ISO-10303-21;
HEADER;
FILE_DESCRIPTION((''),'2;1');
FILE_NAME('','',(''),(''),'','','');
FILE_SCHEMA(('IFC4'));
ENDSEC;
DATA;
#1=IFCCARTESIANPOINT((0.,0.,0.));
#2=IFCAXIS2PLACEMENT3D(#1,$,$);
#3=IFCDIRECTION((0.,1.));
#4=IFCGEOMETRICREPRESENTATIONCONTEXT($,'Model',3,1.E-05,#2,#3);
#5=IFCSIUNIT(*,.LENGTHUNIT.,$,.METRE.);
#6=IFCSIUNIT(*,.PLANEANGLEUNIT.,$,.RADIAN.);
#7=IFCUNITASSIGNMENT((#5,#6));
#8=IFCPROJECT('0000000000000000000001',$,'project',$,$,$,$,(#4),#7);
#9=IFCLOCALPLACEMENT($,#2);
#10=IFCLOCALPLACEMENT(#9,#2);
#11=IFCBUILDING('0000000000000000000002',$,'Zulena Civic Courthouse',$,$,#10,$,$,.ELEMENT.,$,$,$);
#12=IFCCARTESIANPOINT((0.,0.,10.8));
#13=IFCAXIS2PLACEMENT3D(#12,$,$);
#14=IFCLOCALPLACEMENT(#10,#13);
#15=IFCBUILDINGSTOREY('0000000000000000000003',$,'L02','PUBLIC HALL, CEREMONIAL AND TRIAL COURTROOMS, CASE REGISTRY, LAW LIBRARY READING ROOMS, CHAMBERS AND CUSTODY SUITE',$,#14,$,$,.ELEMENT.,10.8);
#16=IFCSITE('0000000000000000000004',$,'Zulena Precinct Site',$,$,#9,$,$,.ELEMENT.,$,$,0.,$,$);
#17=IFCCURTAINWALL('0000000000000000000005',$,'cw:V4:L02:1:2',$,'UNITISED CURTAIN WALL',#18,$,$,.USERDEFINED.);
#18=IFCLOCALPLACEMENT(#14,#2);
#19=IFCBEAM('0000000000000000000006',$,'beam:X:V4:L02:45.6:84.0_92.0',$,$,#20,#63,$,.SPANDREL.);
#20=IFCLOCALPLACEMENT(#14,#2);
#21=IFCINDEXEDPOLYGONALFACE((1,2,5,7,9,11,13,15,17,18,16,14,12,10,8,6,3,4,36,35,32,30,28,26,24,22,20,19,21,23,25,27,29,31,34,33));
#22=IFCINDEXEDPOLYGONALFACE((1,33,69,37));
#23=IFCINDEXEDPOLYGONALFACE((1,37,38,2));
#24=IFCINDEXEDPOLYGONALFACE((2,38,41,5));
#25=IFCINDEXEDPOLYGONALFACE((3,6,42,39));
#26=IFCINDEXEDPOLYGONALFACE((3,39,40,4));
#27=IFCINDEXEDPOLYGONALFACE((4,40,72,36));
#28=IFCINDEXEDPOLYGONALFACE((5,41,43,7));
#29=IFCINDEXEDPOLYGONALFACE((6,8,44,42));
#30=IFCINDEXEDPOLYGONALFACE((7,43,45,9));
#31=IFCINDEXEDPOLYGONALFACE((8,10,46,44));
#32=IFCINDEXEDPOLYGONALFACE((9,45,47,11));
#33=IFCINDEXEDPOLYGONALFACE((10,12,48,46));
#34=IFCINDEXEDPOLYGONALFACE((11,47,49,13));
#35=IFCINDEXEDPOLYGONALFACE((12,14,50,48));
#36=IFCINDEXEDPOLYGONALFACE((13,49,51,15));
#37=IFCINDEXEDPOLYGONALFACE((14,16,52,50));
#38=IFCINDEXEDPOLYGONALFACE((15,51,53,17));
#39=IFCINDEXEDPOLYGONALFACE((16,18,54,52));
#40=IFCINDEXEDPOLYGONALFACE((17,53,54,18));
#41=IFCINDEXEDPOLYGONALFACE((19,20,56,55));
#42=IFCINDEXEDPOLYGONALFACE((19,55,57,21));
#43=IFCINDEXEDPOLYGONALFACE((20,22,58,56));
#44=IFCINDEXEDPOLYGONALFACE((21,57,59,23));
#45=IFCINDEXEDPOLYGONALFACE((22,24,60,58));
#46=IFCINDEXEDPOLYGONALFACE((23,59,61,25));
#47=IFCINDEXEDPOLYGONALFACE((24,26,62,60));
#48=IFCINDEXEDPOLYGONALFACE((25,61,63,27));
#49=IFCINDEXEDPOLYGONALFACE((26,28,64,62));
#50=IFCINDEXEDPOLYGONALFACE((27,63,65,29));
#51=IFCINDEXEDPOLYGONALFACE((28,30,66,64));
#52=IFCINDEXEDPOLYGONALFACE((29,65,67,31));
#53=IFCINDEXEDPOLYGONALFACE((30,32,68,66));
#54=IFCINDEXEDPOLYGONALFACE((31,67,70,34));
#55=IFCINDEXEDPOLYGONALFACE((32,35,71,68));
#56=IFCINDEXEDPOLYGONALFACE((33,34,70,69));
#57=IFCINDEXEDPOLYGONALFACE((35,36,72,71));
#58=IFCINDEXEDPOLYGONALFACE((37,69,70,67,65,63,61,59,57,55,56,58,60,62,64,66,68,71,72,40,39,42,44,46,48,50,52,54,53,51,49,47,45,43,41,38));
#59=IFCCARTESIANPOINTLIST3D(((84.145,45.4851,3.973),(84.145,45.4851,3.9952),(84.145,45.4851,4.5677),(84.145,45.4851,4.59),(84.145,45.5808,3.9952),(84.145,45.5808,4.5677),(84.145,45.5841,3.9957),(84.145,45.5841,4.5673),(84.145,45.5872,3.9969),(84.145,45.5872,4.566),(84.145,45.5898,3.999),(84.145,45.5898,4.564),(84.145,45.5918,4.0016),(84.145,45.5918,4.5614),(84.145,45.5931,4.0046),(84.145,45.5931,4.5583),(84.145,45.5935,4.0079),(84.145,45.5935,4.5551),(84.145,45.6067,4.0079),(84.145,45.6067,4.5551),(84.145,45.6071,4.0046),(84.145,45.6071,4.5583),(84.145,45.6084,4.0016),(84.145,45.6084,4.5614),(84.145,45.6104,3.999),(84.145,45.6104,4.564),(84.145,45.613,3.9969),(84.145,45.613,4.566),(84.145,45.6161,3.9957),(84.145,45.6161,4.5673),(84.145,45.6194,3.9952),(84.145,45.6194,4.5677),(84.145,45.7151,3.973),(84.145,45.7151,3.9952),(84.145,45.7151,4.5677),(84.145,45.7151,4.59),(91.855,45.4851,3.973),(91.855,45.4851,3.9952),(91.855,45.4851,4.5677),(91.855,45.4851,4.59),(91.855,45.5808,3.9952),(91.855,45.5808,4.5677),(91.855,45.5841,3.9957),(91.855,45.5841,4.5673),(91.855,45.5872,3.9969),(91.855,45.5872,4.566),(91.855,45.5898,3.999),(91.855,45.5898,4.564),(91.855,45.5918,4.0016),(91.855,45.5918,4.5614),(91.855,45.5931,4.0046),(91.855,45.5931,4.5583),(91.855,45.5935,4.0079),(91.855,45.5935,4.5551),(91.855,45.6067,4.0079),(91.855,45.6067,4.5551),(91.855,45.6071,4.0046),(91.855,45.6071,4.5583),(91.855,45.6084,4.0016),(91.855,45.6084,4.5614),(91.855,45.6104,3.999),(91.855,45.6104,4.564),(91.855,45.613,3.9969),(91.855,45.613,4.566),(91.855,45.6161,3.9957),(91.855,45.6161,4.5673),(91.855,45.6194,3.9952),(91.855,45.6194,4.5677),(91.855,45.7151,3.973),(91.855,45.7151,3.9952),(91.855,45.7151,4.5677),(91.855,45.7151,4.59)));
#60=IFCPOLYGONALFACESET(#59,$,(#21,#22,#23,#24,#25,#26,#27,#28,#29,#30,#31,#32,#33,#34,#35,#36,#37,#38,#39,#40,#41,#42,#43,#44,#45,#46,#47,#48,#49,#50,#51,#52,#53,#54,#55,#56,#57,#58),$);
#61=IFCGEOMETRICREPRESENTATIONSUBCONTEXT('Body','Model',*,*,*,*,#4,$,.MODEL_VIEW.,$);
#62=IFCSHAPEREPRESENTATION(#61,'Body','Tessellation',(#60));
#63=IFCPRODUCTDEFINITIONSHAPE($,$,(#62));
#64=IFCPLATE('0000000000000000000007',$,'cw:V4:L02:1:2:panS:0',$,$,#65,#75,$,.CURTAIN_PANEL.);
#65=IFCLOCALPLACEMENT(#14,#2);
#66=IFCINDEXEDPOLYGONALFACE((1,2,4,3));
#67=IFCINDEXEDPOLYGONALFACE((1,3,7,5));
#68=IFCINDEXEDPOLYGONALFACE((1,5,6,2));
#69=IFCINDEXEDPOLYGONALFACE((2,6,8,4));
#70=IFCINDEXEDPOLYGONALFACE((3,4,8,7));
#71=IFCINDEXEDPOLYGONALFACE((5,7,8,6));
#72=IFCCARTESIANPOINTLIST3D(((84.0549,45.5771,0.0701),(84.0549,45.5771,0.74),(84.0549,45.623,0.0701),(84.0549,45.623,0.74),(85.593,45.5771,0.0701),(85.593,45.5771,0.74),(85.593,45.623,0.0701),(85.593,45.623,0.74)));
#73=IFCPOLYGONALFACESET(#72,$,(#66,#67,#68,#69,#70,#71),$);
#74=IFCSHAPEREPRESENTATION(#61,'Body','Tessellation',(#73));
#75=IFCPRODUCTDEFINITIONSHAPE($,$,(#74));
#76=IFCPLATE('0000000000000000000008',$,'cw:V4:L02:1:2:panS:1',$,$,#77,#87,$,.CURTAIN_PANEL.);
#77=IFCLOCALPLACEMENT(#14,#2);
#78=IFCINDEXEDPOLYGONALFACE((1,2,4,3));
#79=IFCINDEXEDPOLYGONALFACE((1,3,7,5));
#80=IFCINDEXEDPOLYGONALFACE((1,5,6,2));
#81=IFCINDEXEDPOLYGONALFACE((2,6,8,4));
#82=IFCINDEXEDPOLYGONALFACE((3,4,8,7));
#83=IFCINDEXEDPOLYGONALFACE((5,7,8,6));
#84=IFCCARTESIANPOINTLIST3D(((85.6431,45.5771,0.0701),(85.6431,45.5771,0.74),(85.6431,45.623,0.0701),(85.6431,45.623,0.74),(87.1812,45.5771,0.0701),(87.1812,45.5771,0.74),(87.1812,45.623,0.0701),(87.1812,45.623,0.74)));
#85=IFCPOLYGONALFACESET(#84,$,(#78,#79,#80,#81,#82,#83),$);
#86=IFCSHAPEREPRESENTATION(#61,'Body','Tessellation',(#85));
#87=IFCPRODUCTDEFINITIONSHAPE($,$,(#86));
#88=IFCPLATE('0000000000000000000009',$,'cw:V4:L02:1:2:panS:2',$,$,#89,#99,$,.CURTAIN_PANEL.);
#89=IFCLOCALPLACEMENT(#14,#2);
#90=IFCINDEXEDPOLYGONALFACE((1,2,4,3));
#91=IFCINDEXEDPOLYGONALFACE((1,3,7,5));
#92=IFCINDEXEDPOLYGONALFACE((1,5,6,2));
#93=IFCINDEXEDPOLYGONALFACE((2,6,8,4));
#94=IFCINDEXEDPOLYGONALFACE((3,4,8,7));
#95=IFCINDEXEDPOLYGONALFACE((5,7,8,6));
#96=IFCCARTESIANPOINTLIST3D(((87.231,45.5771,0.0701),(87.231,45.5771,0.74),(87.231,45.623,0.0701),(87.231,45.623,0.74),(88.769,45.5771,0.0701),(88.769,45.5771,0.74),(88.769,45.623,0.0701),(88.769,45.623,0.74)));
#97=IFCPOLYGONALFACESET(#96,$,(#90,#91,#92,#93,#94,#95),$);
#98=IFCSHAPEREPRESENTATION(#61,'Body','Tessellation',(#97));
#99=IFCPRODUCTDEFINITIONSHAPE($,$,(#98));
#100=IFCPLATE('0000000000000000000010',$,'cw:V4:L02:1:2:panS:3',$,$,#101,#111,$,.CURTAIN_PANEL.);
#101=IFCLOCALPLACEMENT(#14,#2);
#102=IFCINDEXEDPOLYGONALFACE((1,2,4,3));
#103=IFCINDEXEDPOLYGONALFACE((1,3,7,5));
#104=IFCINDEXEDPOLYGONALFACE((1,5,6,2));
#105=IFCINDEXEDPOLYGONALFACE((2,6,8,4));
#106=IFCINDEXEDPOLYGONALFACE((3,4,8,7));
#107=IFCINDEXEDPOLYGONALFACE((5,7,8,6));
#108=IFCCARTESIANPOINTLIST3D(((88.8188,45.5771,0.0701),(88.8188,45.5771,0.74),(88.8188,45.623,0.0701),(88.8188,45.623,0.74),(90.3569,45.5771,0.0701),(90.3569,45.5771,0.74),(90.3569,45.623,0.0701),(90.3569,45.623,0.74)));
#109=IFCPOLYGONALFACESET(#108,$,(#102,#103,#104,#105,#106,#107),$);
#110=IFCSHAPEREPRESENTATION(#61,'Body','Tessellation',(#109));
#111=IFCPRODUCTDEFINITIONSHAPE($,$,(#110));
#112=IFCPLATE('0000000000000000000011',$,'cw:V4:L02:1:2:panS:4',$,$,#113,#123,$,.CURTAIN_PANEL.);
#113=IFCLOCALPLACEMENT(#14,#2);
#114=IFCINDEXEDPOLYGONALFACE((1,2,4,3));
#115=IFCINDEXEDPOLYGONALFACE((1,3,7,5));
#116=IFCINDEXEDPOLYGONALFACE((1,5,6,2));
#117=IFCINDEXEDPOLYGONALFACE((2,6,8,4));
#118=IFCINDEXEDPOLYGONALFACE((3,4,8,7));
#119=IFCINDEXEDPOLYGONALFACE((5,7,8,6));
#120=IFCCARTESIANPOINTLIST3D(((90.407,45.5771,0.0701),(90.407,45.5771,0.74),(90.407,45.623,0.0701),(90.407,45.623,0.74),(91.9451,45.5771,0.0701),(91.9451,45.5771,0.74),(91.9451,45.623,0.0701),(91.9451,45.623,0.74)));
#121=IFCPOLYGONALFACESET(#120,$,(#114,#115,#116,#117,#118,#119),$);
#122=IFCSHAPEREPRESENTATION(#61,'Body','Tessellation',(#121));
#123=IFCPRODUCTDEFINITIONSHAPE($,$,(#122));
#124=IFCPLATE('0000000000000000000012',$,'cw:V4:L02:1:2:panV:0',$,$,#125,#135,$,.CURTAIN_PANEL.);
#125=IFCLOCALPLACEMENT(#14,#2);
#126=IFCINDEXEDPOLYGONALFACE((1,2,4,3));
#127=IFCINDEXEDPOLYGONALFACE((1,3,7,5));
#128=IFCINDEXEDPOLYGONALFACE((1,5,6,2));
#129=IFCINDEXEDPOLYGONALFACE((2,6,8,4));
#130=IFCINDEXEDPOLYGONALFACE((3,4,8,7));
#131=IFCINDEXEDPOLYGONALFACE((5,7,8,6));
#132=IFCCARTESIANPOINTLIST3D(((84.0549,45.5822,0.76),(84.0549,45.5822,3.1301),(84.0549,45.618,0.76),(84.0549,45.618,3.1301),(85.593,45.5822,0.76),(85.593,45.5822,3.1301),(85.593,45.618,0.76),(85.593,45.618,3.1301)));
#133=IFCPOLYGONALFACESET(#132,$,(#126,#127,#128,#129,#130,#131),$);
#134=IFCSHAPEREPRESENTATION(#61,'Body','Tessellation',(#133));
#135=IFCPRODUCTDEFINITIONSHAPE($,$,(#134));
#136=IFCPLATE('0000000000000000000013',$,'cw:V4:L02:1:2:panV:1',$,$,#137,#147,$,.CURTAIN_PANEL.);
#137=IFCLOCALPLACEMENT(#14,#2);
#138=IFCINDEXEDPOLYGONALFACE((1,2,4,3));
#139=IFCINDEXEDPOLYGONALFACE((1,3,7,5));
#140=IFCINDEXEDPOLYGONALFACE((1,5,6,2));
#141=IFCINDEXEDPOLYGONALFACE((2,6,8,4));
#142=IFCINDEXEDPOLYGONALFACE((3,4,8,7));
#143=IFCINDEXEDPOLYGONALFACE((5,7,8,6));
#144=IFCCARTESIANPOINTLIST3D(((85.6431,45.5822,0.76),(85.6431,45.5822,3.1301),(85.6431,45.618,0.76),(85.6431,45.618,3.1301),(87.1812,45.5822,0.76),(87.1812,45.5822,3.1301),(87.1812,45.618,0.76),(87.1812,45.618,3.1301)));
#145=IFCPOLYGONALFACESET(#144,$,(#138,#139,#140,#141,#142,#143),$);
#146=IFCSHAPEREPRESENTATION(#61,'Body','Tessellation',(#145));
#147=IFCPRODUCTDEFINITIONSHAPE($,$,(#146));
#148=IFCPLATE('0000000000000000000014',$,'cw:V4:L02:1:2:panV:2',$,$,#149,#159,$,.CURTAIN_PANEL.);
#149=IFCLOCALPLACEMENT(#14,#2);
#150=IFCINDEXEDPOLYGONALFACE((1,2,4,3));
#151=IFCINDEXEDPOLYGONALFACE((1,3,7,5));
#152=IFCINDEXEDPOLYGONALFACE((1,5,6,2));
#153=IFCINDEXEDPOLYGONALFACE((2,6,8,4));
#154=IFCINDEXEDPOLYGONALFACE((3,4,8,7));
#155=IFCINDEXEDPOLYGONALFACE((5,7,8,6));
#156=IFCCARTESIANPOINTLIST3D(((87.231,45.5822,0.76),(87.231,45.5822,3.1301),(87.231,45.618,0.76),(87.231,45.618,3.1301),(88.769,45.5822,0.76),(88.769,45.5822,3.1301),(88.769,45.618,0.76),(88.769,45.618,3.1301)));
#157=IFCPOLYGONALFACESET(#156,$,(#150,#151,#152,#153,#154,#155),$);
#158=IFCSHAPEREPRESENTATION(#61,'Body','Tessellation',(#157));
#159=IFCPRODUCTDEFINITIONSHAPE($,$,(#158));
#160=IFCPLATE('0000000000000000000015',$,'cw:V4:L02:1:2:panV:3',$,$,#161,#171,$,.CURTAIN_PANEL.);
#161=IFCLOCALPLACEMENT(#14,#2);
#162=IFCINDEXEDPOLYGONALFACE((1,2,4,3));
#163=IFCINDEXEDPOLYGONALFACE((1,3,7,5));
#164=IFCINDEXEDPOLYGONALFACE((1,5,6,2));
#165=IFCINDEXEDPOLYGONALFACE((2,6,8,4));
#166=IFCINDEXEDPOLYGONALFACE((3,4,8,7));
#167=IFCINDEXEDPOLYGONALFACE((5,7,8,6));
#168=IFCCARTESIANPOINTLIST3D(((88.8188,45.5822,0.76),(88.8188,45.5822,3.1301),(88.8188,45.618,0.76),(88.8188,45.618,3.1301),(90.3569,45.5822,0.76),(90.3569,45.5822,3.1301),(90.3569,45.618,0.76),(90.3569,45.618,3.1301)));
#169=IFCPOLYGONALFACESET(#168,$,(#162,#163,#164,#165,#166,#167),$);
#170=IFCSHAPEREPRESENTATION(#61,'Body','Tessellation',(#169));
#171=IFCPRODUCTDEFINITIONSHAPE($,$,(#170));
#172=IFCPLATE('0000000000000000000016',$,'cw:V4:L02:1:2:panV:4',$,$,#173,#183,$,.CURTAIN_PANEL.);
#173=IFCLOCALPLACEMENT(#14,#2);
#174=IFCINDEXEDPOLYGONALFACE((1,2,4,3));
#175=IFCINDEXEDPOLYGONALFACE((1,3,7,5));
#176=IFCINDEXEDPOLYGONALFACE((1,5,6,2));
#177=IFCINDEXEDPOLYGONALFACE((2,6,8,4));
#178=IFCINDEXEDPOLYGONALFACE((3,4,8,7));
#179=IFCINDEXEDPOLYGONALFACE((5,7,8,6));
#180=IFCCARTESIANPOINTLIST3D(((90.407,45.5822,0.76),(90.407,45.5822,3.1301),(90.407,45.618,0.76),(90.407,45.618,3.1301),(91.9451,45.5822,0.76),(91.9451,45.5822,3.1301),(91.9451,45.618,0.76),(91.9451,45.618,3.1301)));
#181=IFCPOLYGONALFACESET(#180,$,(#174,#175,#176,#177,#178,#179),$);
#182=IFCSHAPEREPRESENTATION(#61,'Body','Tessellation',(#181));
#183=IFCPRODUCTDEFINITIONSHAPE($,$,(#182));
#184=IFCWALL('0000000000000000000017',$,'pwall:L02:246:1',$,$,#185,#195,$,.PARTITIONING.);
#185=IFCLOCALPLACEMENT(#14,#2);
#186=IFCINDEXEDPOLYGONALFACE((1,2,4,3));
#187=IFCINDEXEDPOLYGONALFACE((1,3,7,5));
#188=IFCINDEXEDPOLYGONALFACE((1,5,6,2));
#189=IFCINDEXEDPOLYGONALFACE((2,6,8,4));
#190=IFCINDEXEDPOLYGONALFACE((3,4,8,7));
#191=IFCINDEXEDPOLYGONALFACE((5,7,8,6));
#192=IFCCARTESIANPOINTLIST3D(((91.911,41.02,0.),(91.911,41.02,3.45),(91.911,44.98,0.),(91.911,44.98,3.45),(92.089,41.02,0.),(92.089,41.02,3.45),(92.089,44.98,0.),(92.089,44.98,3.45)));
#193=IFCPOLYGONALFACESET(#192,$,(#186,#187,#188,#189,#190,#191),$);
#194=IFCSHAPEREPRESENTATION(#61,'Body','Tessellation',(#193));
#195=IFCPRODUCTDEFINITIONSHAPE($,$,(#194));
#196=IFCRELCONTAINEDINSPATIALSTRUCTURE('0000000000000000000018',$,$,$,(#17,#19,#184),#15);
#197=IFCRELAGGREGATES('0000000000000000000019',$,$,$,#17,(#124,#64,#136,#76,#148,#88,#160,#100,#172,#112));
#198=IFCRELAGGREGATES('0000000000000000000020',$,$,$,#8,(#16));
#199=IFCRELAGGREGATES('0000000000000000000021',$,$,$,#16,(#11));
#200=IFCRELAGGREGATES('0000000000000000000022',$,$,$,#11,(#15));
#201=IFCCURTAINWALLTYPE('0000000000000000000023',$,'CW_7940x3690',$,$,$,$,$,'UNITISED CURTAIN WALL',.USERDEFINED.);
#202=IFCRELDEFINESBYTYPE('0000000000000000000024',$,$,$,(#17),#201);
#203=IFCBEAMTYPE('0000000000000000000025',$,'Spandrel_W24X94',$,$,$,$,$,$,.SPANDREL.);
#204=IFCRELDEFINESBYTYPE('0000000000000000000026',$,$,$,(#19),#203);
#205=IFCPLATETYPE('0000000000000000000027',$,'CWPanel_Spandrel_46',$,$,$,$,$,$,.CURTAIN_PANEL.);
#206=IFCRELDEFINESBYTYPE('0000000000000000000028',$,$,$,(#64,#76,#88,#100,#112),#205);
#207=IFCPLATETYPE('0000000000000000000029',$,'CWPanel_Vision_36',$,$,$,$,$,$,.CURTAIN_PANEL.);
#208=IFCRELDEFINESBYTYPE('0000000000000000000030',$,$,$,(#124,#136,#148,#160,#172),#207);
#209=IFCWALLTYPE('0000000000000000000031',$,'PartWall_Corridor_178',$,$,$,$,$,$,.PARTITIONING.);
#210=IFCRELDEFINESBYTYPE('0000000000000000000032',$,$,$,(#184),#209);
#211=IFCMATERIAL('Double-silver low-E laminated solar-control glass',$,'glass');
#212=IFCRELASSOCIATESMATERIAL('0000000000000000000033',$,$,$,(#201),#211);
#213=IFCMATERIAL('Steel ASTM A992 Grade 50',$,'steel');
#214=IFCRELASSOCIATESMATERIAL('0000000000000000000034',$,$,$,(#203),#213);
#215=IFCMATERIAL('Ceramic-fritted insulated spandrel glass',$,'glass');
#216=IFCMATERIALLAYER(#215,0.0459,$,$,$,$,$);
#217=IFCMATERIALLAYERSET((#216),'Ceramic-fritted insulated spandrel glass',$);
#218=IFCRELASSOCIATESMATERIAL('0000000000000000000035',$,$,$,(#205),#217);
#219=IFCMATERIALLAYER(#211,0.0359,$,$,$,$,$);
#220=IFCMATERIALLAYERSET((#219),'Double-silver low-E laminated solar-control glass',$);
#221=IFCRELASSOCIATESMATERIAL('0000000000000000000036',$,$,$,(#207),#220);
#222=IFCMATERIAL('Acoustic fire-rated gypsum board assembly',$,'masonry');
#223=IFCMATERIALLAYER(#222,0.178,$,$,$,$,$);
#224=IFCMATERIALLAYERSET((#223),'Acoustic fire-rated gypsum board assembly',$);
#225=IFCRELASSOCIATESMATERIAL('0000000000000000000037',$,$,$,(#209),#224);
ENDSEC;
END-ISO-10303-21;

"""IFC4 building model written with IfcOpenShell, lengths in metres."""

from ifc_helpers import new_model, si_unit, direction, frame, frame_2d, origin, origin_2d, place, context, subcontext, project, spatial, rectangle, i_section, extrude, material, layer, layer_set, material_profile, profile_set, type_object, element, aggregate, save


model = new_model("IFC4")

# Units and contexts
model_context = context("Model", 3, precision=1e-05, world=origin(), true_north=direction((0.0, 1.0)))
body_context = subcontext(model_context, "Body", "Model", "MODEL_VIEW")
ifc_project = project(units=[si_unit("LENGTHUNIT", "METRE"), si_unit("PLANEANGLEUNIT", "RADIAN")], contexts=[model_context])

# Site, building, storey
site_placement = place(None, origin())
site = spatial("IfcSite", under=ifc_project, at=site_placement, Name="Zulena Precinct Site", CompositionType="ELEMENT", RefElevation=0.0)
building_placement = place(site_placement, origin())
building = spatial("IfcBuilding", under=site, at=building_placement, Name="Zulena Civic Courthouse", CompositionType="ELEMENT")
storey_placement = place(building_placement, frame((0.0, 0.0, 10.8)))
storey = spatial("IfcBuildingStorey", under=building, at=storey_placement, Name="L02", Description="PUBLIC HALL, CEREMONIAL AND TRIAL COURTROOMS, CASE REGISTRY, LAW LIBRARY READING ROOMS, CHAMBERS AND CUSTODY SUITE", CompositionType="ELEMENT", Elevation=10.8)

# Shared definitions
ifc_material_1 = material(Name="Steel ASTM A992 Grade 50", Category="steel")

# Curtain wall
ifc_material_2 = material(Name="Double-silver low-E laminated solar-control glass", Category="glass")
curtain_wall_type = type_object("IfcCurtainWallType", Name="CW_7940x3690", ElementType="UNITISED CURTAIN WALL", PredefinedType="USERDEFINED", material=ifc_material_2)
curtain_wall_1_placement = place(storey_placement, origin())
curtain_wall_1 = element("IfcCurtainWall", 1, at=curtain_wall_1_placement, inside=storey, type_object=curtain_wall_type, Name="cw:V4:L02:1:2", ObjectType="UNITISED CURTAIN WALL", PredefinedType="USERDEFINED")

# Beam
ifc_material_profile_1 = material_profile(ifc_material_1, i_section(OverallWidth=0.23, OverallDepth=0.6169, WebThickness=0.0132, FlangeThickness=0.0222, FilletRadius=0.0127, at=origin_2d()), Name="W24X94")
ifc_profile_set_1 = profile_set([ifc_material_profile_1], Name="Steel ASTM A992 Grade 50")
beam_type_1 = type_object("IfcBeamType", Name="Spandrel_W24X94", PredefinedType="SPANDREL", material=ifc_profile_set_1)
beam_1_placement = place(storey_placement, frame((84.145, 45.6001, 4.2815), z_axis=(1.0, 0.0, 0.0), x_axis=(0.0, 1.0, 0.0)))
element("IfcBeam", 2, at=beam_1_placement, inside=storey, type_object=beam_type_1, Name="beam:X:V4:L02:45.6:84.0_92.0", PredefinedType="SPANDREL", context=body_context, shape_type="SweptSolid", body=[
    extrude(i_section(OverallWidth=0.23, OverallDepth=0.6169, WebThickness=0.0132, FlangeThickness=0.0222, FilletRadius=0.0127, at=origin_2d()), origin(), (0.0, 0.0, 1.0), 7.71),
])

# Plates
ifc_material_3 = material(Name="Ceramic-fritted insulated spandrel glass", Category="glass")
ifc_layer_1 = layer(ifc_material_3, 0.0459)
ifc_layer_set_1 = layer_set([ifc_layer_1], Name="Ceramic-fritted insulated spandrel glass")
plate_type_1 = type_object("IfcPlateType", Name="CWPanel_Spandrel_46", PredefinedType="CURTAIN_PANEL", material=ifc_layer_set_1)
plate_1_placement = place(storey_placement, frame((84.824, 45.6001, 0.0701), z_axis=(0.0, 0.0, 1.0), x_axis=(1.0, 0.0, 0.0)))
plate_1 = element("IfcPlate", 3, at=plate_1_placement, type_object=plate_type_1, Name="cw:V4:L02:1:2:panS:0", PredefinedType="CURTAIN_PANEL", context=body_context, shape_type="SweptSolid", body=[
    extrude(rectangle(XDim=1.5381, YDim=0.0459, at=origin_2d()), origin(), (0.0, 0.0, 1.0), 0.6699),
])
plate_2_placement = place(storey_placement, frame((86.4121, 45.6001, 0.0701), z_axis=(0.0, 0.0, 1.0), x_axis=(1.0, 0.0, 0.0)))
plate_2 = element("IfcPlate", 4, at=plate_2_placement, type_object=plate_type_1, Name="cw:V4:L02:1:2:panS:1", PredefinedType="CURTAIN_PANEL", context=body_context, shape_type="SweptSolid", body=[
    extrude(rectangle(XDim=1.5381, YDim=0.0459, at=origin_2d()), origin(), (0.0, 0.0, 1.0), 0.6699),
])
plate_3_placement = place(storey_placement, frame((88.0, 45.6001, 0.0701), z_axis=(0.0, 0.0, 1.0), x_axis=(1.0, 0.0, 0.0)))
plate_3 = element("IfcPlate", 5, at=plate_3_placement, type_object=plate_type_1, Name="cw:V4:L02:1:2:panS:2", PredefinedType="CURTAIN_PANEL", context=body_context, shape_type="SweptSolid", body=[
    extrude(rectangle(XDim=1.5381, YDim=0.0459, at=origin_2d()), origin(), (0.0, 0.0, 1.0), 0.6699),
])
plate_4_placement = place(storey_placement, frame((89.5879, 45.6001, 0.0701), z_axis=(0.0, 0.0, 1.0), x_axis=(1.0, 0.0, 0.0)))
plate_4 = element("IfcPlate", 6, at=plate_4_placement, type_object=plate_type_1, Name="cw:V4:L02:1:2:panS:3", PredefinedType="CURTAIN_PANEL", context=body_context, shape_type="SweptSolid", body=[
    extrude(rectangle(XDim=1.5381, YDim=0.0459, at=origin_2d()), origin(), (0.0, 0.0, 1.0), 0.6699),
])
plate_5_placement = place(storey_placement, frame((91.176, 45.6001, 0.0701), z_axis=(0.0, 0.0, 1.0), x_axis=(1.0, 0.0, 0.0)))
plate_5 = element("IfcPlate", 7, at=plate_5_placement, type_object=plate_type_1, Name="cw:V4:L02:1:2:panS:4", PredefinedType="CURTAIN_PANEL", context=body_context, shape_type="SweptSolid", body=[
    extrude(rectangle(XDim=1.5381, YDim=0.0459, at=origin_2d()), origin(), (0.0, 0.0, 1.0), 0.6699),
])
ifc_layer_2 = layer(ifc_material_2, 0.0359)
ifc_layer_set_2 = layer_set([ifc_layer_2], Name="Double-silver low-E laminated solar-control glass")
plate_type_2 = type_object("IfcPlateType", Name="CWPanel_Vision_36", PredefinedType="CURTAIN_PANEL", material=ifc_layer_set_2)
plate_6_placement = place(storey_placement, frame((84.824, 45.6001, 0.76), z_axis=(0.0, 0.0, 1.0), x_axis=(1.0, 0.0, 0.0)))
plate_6 = element("IfcPlate", 8, at=plate_6_placement, type_object=plate_type_2, Name="cw:V4:L02:1:2:panV:0", PredefinedType="CURTAIN_PANEL", context=body_context, shape_type="SweptSolid", body=[
    extrude(rectangle(XDim=1.5381, YDim=0.0359, at=origin_2d()), origin(), (0.0, 0.0, 1.0), 2.3701),
])
plate_7_placement = place(storey_placement, frame((86.4121, 45.6001, 0.76), z_axis=(0.0, 0.0, 1.0), x_axis=(1.0, 0.0, 0.0)))
plate_7 = element("IfcPlate", 9, at=plate_7_placement, type_object=plate_type_2, Name="cw:V4:L02:1:2:panV:1", PredefinedType="CURTAIN_PANEL", context=body_context, shape_type="SweptSolid", body=[
    extrude(rectangle(XDim=1.5381, YDim=0.0359, at=origin_2d()), origin(), (0.0, 0.0, 1.0), 2.3701),
])
plate_8_placement = place(storey_placement, frame((88.0, 45.6001, 0.76), z_axis=(0.0, 0.0, 1.0), x_axis=(1.0, 0.0, 0.0)))
plate_8 = element("IfcPlate", 10, at=plate_8_placement, type_object=plate_type_2, Name="cw:V4:L02:1:2:panV:2", PredefinedType="CURTAIN_PANEL", context=body_context, shape_type="SweptSolid", body=[
    extrude(rectangle(XDim=1.5381, YDim=0.0359, at=origin_2d()), origin(), (0.0, 0.0, 1.0), 2.3701),
])
plate_9_placement = place(storey_placement, frame((89.5879, 45.6001, 0.76), z_axis=(0.0, 0.0, 1.0), x_axis=(1.0, 0.0, 0.0)))
plate_9 = element("IfcPlate", 11, at=plate_9_placement, type_object=plate_type_2, Name="cw:V4:L02:1:2:panV:3", PredefinedType="CURTAIN_PANEL", context=body_context, shape_type="SweptSolid", body=[
    extrude(rectangle(XDim=1.5381, YDim=0.0359, at=origin_2d()), origin(), (0.0, 0.0, 1.0), 2.3701),
])
plate_10_placement = place(storey_placement, frame((91.176, 45.6001, 0.76), z_axis=(0.0, 0.0, 1.0), x_axis=(1.0, 0.0, 0.0)))
plate_10 = element("IfcPlate", 12, at=plate_10_placement, type_object=plate_type_2, Name="cw:V4:L02:1:2:panV:4", PredefinedType="CURTAIN_PANEL", context=body_context, shape_type="SweptSolid", body=[
    extrude(rectangle(XDim=1.5381, YDim=0.0359, at=origin_2d()), origin(), (0.0, 0.0, 1.0), 2.3701),
])
aggregate(curtain_wall_1, [plate_6, plate_1, plate_7, plate_2, plate_8, plate_3, plate_9, plate_4, plate_10, plate_5])

# Wall
ifc_material_4 = material(Name="Acoustic fire-rated gypsum board assembly", Category="masonry")
ifc_layer_3 = layer(ifc_material_4, 0.178)
ifc_layer_set_3 = layer_set([ifc_layer_3], Name="Acoustic fire-rated gypsum board assembly")
wall_type = type_object("IfcWallType", Name="PartWall_Corridor_178", PredefinedType="PARTITIONING", material=ifc_layer_set_3)
wall_placement = place(storey_placement, frame((92.0, 41.02, 0.0), z_axis=(0.0, 0.0, 1.0), x_axis=(0.0, 1.0, 0.0)))
element("IfcWall", 13, at=wall_placement, inside=storey, type_object=wall_type, Name="pwall:L02:246:1", PredefinedType="PARTITIONING", context=body_context, shape_type="SweptSolid", body=[
    extrude(rectangle(XDim=3.96, YDim=0.178, at=frame_2d((1.98, 0.0))), origin(), (0.0, 0.0, 1.0), 3.45),
])

save(model, "model.ifc")
